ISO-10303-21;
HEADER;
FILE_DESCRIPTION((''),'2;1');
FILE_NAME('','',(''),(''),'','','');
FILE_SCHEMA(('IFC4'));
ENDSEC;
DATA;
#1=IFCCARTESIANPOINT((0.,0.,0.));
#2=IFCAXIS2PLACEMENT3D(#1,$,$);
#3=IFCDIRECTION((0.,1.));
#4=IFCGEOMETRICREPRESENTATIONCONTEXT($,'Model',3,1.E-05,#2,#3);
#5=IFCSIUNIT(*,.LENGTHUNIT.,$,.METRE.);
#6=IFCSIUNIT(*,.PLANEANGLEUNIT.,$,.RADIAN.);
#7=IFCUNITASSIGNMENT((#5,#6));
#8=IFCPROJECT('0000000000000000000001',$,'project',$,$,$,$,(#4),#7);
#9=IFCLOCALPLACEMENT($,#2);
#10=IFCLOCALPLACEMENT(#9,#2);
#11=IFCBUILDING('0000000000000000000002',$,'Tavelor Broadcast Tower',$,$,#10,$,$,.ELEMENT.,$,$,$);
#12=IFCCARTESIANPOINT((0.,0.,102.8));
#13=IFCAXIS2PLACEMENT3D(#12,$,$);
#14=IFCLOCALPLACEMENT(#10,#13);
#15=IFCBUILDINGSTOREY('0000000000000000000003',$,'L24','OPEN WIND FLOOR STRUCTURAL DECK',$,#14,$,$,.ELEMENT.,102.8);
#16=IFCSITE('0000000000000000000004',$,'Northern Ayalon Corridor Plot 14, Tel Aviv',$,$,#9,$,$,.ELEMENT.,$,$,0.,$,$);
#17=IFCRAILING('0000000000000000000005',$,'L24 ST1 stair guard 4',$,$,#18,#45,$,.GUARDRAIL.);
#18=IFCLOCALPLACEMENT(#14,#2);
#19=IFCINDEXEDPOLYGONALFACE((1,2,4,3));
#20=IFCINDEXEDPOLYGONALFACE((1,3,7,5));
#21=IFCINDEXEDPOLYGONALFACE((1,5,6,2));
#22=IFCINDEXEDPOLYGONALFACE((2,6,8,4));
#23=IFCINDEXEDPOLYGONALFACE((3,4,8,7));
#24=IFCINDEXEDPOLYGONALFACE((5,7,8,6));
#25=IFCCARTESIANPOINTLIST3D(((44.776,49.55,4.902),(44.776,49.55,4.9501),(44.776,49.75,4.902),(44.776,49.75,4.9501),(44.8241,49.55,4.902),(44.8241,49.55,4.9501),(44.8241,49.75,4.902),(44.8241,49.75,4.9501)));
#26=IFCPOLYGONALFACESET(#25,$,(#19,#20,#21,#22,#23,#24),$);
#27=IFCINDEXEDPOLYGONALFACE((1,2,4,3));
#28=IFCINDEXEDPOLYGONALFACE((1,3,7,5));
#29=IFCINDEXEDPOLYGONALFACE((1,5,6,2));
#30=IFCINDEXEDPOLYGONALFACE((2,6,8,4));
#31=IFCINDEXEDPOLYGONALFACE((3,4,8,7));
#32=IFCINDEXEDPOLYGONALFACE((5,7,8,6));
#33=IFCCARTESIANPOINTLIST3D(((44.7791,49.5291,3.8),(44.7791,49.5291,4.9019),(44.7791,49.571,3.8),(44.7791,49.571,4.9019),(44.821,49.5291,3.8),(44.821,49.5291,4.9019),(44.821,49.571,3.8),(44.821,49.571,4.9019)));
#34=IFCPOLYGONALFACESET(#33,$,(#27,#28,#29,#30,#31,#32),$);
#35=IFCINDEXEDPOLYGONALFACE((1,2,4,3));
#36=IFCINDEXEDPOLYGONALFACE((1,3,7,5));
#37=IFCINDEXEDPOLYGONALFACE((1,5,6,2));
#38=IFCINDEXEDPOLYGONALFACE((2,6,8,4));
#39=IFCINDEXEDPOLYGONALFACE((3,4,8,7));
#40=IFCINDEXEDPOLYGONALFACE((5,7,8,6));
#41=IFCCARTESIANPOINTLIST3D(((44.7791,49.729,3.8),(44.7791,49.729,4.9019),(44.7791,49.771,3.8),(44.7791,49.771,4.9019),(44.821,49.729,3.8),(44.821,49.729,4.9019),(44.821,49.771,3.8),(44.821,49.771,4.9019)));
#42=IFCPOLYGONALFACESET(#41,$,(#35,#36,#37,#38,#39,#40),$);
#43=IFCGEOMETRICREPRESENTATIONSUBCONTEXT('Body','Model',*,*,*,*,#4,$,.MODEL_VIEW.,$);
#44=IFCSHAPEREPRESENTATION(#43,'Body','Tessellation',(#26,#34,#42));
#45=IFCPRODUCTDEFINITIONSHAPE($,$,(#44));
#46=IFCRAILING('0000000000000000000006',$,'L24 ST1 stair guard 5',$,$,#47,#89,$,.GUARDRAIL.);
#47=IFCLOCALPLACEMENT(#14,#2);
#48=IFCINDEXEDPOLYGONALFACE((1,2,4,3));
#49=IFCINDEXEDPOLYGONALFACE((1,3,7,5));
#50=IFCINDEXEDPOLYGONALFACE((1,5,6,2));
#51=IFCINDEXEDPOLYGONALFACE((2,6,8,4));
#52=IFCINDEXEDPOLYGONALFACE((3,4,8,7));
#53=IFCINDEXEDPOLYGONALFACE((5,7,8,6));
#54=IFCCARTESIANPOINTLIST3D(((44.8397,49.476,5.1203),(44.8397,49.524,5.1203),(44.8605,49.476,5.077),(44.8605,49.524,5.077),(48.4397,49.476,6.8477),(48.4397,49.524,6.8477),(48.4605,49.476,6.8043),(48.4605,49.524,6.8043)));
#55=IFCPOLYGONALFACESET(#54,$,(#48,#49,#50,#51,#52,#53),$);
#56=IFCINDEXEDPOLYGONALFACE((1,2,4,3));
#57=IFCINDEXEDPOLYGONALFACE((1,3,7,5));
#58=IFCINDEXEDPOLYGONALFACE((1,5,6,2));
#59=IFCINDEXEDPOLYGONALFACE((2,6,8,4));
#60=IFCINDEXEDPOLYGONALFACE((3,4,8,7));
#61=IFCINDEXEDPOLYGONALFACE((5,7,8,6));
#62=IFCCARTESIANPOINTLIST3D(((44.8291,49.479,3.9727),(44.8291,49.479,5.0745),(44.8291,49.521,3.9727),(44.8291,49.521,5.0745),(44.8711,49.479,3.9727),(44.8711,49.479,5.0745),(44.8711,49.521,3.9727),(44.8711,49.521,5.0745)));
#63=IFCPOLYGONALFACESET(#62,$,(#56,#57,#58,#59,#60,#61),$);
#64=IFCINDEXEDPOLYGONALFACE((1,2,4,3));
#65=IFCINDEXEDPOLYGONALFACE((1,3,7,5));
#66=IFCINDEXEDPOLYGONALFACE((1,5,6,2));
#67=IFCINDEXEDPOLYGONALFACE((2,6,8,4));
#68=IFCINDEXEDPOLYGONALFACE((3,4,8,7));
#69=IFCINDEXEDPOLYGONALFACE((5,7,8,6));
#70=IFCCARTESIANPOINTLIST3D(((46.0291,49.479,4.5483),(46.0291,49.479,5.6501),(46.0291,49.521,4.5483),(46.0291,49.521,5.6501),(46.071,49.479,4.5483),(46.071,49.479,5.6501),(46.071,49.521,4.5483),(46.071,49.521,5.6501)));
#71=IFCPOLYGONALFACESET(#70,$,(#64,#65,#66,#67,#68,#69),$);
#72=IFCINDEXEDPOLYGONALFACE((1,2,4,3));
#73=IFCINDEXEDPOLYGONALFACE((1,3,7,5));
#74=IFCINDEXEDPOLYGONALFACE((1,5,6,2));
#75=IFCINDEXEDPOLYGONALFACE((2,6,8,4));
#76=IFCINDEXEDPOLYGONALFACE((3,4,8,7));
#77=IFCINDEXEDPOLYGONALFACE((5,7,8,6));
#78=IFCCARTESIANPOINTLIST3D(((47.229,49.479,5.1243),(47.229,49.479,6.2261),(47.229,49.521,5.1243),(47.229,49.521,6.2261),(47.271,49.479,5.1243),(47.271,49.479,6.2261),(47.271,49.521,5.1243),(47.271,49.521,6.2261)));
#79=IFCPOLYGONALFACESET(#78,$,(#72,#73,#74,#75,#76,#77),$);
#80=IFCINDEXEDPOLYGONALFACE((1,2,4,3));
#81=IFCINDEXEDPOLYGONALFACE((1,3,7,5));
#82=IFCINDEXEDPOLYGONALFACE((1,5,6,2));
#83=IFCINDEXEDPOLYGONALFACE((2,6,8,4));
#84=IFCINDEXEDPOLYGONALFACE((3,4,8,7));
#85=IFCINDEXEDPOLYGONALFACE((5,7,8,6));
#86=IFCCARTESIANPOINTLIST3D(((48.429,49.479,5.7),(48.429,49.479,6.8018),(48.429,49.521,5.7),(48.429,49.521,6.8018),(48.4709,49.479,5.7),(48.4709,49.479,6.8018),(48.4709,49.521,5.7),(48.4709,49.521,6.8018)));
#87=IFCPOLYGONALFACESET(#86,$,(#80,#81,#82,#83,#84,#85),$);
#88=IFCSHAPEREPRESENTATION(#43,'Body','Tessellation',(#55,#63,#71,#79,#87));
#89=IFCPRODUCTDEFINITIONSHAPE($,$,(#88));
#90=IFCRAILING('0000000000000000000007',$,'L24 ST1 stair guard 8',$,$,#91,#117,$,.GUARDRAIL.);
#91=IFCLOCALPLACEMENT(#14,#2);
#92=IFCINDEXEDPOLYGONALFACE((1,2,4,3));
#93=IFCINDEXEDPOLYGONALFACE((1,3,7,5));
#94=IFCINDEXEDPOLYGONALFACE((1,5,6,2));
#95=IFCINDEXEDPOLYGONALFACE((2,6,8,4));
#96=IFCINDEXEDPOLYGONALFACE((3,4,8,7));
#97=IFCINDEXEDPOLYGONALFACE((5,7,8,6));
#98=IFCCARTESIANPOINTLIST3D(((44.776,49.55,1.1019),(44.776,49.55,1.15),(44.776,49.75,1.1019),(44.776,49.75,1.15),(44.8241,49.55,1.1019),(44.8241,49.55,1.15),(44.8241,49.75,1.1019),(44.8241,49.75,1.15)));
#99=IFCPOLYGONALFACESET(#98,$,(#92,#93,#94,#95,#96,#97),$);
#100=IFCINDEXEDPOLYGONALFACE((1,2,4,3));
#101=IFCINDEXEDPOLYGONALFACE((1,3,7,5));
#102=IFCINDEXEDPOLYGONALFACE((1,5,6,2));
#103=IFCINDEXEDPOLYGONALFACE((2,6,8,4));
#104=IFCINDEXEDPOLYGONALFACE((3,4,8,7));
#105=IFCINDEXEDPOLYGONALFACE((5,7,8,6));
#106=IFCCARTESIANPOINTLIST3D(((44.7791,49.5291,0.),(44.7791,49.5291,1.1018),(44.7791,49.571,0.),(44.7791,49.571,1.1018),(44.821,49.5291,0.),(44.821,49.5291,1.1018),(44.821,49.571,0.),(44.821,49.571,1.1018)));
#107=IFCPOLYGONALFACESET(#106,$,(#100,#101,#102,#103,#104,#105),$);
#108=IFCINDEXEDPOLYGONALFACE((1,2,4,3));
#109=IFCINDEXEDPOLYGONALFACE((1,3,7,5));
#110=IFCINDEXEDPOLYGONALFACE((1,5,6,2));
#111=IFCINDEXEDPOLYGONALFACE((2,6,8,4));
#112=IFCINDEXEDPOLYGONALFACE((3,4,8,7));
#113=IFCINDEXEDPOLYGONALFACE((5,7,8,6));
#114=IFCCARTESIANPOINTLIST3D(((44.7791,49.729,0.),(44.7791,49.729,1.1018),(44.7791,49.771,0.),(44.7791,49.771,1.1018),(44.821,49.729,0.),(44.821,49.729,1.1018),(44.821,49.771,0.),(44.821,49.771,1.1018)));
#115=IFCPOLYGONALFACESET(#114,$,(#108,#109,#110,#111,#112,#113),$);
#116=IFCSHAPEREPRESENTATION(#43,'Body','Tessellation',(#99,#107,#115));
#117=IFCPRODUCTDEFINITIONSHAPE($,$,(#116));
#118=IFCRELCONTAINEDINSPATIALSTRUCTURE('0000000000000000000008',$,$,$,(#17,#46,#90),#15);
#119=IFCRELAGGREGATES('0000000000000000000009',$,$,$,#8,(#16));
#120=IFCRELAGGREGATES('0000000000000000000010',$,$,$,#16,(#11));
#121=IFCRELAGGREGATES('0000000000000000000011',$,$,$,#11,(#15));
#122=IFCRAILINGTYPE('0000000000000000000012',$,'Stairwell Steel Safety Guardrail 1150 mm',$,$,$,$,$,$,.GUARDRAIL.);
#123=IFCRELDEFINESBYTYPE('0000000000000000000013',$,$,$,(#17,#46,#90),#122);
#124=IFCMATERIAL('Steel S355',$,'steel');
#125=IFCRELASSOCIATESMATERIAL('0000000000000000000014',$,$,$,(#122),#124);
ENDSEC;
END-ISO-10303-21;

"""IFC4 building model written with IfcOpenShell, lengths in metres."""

from ifc_helpers import new_model, si_unit, direction, frame, origin, origin_2d, place, context, subcontext, project, spatial, rectangle, extrude, material, type_object, element, save


model = new_model("IFC4")

# Units and contexts
model_context = context("Model", 3, precision=1e-05, world=origin(), true_north=direction((0.0, 1.0)))
body_context = subcontext(model_context, "Body", "Model", "MODEL_VIEW")
ifc_project = project(units=[si_unit("LENGTHUNIT", "METRE"), si_unit("PLANEANGLEUNIT", "RADIAN")], contexts=[model_context])

# Site, building, storey
site_placement = place(None, origin())
site = spatial("IfcSite", under=ifc_project, at=site_placement, Name="Northern Ayalon Corridor Plot 14, Tel Aviv", CompositionType="ELEMENT", RefElevation=0.0)
building_placement = place(site_placement, origin())
building = spatial("IfcBuilding", under=site, at=building_placement, Name="Tavelor Broadcast Tower", CompositionType="ELEMENT")
storey_placement = place(building_placement, frame((0.0, 0.0, 102.8)))
storey = spatial("IfcBuildingStorey", under=building, at=storey_placement, Name="L24", Description="OPEN WIND FLOOR STRUCTURAL DECK", CompositionType="ELEMENT", Elevation=102.8)

# Shared definitions
ifc_material_1 = material(Name="Steel S355", Category="steel")

# Railings
railing_type_1 = type_object("IfcRailingType", Name="Stairwell Steel Safety Guardrail 1150 mm", PredefinedType="GUARDRAIL", material=ifc_material_1)
railing_1_placement = place(storey_placement, frame((44.8, 49.55, 3.8)))
element("IfcRailing", 1, at=railing_1_placement, inside=storey, type_object=railing_type_1, Name="L24 ST1 stair guard 4", PredefinedType="GUARDRAIL", context=body_context, shape_type="SweptSolid", body=[
    extrude(rectangle(XDim=0.0481, YDim=0.0481, at=origin_2d()), frame((0.0, 0.0, 1.126), z_axis=(0.0, 1.0, 0.0), x_axis=(-1.0, 0.0, 0.0)), (0.0, 0.0, 1.0), 0.2),
    extrude(rectangle(XDim=0.042, YDim=0.042, at=origin_2d()), origin(), (0.0, 0.0, 1.0), 1.1018),
    extrude(rectangle(XDim=0.042, YDim=0.042, at=origin_2d()), frame((0.0, 0.2, 0.0)), (0.0, 0.0, 1.0), 1.1018),
])
railing_2_placement = place(storey_placement, frame((44.8501, 49.5, 3.9727)))
element("IfcRailing", 2, at=railing_2_placement, inside=storey, type_object=railing_type_1, Name="L24 ST1 stair guard 5", PredefinedType="GUARDRAIL", context=body_context, shape_type="SweptSolid", body=[
    extrude(rectangle(XDim=0.0481, YDim=0.0481, at=origin_2d()), frame((0.0, 0.0, 1.126), z_axis=(0.901585, 0.0, 0.432602), x_axis=(0.0, 1.0, 0.0)), (0.0, 0.0, 1.0), 3.9929),
    extrude(rectangle(XDim=0.042, YDim=0.042, at=origin_2d()), origin(), (0.0, 0.0, 1.0), 1.1018),
    extrude(rectangle(XDim=0.042, YDim=0.042, at=origin_2d()), frame((1.2, 0.0, 0.5757)), (0.0, 0.0, 1.0), 1.1018),
    extrude(rectangle(XDim=0.042, YDim=0.042, at=origin_2d()), frame((2.3999, 0.0, 1.1516)), (0.0, 0.0, 1.0), 1.1018),
    extrude(rectangle(XDim=0.042, YDim=0.042, at=origin_2d()), frame((3.5999, 0.0, 1.7273)), (0.0, 0.0, 1.0), 1.1018),
])
railing_3_placement = place(storey_placement, frame((44.8, 49.55, 0.0)))
element("IfcRailing", 3, at=railing_3_placement, inside=storey, type_object=railing_type_1, Name="L24 ST1 stair guard 8", PredefinedType="GUARDRAIL", context=body_context, shape_type="SweptSolid", body=[
    extrude(rectangle(XDim=0.0481, YDim=0.0481, at=origin_2d()), frame((0.0, 0.0, 1.126), z_axis=(0.0, 1.0, 0.0), x_axis=(-1.0, 0.0, 0.0)), (0.0, 0.0, 1.0), 0.2),
    extrude(rectangle(XDim=0.042, YDim=0.042, at=origin_2d()), origin(), (0.0, 0.0, 1.0), 1.1018),
    extrude(rectangle(XDim=0.042, YDim=0.042, at=origin_2d()), frame((0.0, 0.2, 0.0)), (0.0, 0.0, 1.0), 1.1018),
])

save(model, "model.ifc")
